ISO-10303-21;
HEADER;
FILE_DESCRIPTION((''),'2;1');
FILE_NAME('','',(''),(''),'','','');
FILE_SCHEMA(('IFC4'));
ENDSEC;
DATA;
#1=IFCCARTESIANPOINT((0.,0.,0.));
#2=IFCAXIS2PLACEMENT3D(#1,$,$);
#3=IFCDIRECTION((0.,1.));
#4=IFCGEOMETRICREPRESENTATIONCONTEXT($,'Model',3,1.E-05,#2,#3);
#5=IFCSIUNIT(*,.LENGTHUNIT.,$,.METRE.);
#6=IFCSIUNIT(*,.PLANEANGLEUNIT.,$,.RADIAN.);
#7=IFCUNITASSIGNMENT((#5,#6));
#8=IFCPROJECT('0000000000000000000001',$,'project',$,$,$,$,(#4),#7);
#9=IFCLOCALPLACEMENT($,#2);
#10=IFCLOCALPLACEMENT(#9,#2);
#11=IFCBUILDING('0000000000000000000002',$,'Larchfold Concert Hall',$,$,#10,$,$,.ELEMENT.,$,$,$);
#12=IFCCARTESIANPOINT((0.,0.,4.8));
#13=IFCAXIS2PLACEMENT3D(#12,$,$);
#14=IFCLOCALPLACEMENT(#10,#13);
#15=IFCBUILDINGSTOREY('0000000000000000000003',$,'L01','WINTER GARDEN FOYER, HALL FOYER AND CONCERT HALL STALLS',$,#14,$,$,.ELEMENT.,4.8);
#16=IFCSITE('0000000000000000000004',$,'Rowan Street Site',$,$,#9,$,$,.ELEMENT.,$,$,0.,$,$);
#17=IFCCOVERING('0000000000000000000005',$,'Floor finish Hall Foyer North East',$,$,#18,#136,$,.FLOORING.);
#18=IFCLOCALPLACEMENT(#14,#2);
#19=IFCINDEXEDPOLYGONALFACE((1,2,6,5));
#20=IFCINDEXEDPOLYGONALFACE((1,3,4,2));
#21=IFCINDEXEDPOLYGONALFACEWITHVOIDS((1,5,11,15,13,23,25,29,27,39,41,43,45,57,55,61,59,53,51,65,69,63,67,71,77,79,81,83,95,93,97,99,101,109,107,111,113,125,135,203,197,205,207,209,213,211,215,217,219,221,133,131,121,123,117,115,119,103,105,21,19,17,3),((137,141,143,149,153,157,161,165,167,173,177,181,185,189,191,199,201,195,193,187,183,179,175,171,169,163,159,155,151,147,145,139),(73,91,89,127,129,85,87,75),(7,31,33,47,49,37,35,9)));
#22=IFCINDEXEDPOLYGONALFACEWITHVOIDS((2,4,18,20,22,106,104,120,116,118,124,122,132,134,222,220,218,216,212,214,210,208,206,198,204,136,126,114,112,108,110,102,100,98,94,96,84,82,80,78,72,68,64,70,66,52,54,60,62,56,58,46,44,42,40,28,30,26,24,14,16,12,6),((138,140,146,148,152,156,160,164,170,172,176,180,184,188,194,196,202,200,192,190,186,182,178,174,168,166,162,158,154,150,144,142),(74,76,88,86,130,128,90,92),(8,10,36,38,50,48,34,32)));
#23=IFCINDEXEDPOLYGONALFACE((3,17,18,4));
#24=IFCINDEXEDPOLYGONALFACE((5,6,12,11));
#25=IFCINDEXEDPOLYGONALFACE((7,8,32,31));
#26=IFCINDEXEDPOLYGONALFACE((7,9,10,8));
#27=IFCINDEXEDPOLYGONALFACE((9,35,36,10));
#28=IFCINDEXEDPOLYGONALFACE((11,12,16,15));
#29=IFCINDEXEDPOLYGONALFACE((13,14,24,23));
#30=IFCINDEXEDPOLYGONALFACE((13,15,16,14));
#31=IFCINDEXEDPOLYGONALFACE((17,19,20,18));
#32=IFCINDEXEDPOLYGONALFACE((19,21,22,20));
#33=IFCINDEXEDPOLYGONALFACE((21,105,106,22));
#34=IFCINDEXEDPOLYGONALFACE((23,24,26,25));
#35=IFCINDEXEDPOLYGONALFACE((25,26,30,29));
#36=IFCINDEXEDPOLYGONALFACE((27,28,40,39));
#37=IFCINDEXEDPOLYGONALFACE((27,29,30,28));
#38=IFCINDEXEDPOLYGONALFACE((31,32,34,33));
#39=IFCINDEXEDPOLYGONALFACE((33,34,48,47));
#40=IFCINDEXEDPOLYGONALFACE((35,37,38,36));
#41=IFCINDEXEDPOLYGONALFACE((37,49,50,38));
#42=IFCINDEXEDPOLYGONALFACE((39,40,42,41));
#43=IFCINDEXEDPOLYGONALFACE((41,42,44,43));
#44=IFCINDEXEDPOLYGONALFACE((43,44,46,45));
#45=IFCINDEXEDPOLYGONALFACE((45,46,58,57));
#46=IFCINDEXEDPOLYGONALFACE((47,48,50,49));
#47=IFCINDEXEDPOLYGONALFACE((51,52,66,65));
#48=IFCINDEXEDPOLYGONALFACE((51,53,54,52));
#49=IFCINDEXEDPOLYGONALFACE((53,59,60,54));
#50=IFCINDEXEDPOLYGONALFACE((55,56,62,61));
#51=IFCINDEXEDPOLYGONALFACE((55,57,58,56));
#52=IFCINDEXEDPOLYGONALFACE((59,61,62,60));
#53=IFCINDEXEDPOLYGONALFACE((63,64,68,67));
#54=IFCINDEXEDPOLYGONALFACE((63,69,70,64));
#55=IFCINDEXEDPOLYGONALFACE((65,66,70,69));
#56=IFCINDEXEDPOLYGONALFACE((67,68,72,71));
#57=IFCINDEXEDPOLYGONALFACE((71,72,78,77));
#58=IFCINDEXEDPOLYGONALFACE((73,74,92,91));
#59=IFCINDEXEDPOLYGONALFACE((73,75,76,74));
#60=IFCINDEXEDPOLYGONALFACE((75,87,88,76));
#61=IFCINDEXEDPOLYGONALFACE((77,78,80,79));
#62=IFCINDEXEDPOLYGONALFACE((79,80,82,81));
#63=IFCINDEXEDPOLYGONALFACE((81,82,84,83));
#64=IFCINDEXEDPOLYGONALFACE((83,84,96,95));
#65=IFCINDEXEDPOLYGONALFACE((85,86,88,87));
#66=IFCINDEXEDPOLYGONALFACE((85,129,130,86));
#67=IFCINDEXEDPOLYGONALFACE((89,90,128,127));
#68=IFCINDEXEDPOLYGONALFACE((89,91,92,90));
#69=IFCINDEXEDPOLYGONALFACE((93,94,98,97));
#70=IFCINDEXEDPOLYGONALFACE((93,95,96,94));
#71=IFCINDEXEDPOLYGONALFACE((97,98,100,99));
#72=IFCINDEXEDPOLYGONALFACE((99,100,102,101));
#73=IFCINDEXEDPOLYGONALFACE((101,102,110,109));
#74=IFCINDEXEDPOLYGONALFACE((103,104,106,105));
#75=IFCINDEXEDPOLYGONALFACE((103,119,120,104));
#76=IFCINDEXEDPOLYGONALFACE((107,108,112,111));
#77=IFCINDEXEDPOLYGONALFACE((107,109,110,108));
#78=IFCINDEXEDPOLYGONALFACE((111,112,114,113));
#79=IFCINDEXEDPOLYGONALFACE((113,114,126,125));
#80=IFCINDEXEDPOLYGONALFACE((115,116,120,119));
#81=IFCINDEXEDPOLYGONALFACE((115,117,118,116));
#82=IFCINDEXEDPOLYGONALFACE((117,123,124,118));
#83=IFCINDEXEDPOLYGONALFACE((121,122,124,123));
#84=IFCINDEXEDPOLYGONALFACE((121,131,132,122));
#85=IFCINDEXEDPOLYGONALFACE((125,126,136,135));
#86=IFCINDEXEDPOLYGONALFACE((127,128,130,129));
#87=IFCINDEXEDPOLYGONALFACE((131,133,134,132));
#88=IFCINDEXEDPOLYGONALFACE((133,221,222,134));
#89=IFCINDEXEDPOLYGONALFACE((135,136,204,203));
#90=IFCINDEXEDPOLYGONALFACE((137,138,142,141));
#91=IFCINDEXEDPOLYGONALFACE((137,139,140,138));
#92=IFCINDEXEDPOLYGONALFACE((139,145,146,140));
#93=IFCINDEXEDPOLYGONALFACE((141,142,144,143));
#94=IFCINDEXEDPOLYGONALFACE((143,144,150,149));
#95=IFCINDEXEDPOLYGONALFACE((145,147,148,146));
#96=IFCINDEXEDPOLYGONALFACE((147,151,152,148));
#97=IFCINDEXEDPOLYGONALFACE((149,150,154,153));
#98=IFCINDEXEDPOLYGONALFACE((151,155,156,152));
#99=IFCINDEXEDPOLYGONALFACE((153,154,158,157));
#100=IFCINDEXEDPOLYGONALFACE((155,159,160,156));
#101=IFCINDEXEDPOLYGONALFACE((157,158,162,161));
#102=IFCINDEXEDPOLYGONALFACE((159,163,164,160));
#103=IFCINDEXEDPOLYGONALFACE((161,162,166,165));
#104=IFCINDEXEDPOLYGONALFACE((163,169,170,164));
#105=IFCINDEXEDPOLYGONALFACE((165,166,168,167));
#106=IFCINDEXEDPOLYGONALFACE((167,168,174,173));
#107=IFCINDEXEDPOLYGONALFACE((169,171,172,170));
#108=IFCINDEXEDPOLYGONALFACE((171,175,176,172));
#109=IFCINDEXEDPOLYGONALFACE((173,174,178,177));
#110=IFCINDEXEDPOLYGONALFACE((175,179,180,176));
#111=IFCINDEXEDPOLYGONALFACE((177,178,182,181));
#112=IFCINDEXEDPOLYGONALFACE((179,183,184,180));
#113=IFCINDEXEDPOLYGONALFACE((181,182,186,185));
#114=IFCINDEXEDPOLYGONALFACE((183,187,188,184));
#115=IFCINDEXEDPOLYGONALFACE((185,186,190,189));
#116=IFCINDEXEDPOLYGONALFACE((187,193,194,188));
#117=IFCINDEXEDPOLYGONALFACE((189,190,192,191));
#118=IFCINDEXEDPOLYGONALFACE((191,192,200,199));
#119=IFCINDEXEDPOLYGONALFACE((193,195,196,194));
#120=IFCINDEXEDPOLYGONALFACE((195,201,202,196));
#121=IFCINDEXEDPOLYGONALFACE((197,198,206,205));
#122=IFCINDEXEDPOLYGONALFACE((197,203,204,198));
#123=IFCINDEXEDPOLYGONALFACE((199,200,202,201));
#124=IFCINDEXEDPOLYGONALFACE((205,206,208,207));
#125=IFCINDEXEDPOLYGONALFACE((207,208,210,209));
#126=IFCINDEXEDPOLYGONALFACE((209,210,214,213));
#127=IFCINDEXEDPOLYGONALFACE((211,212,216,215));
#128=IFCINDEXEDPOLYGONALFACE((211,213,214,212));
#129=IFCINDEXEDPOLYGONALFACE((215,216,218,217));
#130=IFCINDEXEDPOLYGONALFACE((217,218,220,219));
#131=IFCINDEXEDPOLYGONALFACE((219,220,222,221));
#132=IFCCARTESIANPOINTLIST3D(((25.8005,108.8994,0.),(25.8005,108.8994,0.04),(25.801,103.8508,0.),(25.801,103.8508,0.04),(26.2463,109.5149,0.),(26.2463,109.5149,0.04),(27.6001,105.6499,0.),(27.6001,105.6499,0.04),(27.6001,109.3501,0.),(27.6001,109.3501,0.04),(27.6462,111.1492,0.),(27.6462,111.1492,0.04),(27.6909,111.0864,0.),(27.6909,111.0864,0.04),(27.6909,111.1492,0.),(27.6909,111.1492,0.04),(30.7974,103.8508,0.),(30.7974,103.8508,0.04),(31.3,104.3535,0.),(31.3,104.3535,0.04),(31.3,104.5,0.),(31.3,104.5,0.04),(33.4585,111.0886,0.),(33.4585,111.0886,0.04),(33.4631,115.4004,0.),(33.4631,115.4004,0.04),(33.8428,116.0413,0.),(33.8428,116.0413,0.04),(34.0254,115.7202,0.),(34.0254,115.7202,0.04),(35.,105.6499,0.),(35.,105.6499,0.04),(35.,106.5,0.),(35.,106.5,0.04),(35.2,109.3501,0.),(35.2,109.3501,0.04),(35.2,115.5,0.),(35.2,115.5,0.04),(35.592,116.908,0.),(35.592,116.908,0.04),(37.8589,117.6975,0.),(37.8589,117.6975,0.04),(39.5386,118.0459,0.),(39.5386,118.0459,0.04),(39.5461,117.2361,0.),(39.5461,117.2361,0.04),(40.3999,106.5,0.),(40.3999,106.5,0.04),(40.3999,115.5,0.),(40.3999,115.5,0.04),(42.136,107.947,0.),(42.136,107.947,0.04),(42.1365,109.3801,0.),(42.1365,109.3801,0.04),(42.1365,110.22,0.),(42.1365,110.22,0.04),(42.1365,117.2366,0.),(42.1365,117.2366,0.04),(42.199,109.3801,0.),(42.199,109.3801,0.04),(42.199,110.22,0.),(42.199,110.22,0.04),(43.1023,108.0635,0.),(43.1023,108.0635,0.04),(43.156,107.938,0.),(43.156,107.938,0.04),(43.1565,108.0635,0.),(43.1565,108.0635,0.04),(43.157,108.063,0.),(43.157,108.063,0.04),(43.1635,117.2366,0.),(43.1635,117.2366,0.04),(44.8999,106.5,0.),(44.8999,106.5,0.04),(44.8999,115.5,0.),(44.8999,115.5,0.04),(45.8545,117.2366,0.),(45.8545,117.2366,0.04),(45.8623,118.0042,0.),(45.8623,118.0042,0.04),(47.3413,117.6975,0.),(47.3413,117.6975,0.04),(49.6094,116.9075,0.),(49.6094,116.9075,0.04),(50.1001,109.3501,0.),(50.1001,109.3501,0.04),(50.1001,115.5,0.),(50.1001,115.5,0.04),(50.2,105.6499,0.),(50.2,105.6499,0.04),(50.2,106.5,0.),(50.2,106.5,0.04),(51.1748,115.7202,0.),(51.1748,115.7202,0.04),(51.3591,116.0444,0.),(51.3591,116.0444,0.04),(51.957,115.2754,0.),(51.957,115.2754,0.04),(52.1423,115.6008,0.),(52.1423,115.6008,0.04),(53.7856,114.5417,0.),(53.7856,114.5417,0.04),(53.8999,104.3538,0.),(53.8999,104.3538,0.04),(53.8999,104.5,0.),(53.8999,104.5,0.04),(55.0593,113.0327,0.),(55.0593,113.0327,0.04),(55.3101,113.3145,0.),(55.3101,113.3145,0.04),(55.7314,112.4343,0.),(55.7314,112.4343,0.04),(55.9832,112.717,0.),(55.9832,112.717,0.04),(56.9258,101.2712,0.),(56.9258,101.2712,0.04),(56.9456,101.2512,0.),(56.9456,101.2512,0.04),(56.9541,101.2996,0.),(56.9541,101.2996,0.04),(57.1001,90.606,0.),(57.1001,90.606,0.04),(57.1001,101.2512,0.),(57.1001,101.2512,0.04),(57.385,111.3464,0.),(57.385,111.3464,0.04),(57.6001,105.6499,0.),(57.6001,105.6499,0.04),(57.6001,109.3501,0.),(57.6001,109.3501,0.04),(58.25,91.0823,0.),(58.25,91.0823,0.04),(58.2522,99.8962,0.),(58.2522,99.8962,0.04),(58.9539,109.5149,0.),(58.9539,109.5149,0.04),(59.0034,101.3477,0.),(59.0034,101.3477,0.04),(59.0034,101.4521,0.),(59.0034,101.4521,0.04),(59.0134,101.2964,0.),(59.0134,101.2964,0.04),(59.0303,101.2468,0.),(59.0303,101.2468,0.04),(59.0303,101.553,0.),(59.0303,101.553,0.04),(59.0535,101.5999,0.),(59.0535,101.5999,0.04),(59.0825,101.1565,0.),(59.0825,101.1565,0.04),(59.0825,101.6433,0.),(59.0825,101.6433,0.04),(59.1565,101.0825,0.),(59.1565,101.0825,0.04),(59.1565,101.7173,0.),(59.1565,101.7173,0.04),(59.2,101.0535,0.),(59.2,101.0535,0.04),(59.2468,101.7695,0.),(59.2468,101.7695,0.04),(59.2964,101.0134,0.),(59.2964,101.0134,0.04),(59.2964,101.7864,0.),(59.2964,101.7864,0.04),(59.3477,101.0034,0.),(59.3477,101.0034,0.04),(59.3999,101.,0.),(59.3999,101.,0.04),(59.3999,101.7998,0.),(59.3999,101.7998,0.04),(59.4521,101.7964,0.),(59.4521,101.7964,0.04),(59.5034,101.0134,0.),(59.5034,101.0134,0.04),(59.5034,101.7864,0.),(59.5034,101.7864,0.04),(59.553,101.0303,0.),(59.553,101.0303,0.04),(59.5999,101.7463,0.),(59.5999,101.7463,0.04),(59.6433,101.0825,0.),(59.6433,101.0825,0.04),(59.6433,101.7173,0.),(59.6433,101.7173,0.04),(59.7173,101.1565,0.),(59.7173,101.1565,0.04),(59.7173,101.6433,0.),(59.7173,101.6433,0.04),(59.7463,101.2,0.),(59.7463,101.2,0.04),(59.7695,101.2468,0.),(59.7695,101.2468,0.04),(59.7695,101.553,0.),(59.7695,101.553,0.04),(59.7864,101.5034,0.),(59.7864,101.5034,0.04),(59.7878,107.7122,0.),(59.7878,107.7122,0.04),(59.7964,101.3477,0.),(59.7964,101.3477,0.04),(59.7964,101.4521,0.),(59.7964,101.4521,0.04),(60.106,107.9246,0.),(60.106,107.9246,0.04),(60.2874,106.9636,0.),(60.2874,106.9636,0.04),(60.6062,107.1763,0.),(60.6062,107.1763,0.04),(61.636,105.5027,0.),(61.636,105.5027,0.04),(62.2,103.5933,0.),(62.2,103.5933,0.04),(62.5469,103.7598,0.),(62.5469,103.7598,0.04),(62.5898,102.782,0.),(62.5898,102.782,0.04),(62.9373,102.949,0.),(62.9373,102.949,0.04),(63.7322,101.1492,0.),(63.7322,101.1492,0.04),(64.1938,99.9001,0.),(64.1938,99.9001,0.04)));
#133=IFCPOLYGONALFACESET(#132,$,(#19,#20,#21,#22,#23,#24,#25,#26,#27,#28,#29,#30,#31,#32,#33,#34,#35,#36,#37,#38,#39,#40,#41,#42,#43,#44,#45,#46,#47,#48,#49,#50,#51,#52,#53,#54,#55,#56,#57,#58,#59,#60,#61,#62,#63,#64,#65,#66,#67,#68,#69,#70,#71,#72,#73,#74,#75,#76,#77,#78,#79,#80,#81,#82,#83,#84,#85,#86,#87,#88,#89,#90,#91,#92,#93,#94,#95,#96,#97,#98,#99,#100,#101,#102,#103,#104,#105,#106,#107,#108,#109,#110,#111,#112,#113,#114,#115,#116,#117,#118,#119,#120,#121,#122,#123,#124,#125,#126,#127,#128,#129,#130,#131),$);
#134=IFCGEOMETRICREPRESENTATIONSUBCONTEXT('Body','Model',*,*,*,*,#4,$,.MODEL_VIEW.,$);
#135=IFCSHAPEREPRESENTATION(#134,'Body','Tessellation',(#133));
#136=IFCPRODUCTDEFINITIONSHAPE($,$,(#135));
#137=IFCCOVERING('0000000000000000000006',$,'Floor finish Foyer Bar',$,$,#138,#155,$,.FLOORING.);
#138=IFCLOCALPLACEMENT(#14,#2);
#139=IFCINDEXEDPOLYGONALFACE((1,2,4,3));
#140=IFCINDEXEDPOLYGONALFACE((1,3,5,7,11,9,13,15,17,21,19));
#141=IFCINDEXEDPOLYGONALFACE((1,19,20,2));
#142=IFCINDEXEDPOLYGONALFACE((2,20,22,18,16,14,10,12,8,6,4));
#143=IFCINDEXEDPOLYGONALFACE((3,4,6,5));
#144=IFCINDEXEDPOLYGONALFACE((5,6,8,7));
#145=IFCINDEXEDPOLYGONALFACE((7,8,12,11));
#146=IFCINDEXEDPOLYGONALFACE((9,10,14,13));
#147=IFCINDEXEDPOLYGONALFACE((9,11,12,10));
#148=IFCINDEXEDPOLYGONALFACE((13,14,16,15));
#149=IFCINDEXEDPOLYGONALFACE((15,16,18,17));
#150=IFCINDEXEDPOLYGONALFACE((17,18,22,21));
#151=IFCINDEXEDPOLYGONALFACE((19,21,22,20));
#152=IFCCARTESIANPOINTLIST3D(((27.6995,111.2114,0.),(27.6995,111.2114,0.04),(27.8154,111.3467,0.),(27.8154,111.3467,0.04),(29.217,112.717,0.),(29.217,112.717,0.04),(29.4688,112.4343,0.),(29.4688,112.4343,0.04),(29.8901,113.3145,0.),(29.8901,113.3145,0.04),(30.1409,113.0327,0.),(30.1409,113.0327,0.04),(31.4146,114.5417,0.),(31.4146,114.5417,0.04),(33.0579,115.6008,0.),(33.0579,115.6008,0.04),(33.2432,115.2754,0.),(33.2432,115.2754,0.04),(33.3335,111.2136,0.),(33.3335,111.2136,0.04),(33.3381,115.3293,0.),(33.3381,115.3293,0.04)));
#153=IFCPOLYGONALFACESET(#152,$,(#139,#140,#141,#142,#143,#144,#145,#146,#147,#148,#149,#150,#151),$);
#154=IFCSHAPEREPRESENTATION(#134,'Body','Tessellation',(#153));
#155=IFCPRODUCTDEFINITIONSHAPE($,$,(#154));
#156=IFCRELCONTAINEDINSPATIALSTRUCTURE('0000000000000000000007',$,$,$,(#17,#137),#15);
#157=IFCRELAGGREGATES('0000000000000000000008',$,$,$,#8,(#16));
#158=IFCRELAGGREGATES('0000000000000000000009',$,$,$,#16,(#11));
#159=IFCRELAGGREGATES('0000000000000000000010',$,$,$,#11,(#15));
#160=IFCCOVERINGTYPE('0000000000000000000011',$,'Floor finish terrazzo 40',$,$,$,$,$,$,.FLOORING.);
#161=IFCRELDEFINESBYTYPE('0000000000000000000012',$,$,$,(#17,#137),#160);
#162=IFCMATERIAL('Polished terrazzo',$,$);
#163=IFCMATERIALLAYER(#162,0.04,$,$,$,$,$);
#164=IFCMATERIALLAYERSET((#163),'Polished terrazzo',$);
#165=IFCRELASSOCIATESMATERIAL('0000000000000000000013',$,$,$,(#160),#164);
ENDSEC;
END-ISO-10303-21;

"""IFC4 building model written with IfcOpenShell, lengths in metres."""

from ifc_helpers import new_model, si_unit, direction, frame, origin, place, context, subcontext, project, spatial, polyline, outline, extrude, material, layer, layer_set, type_object, element, save


model = new_model("IFC4")

# Units and contexts
model_context = context("Model", 3, precision=1e-05, world=origin(), true_north=direction((0.0, 1.0)))
body_context = subcontext(model_context, "Body", "Model", "MODEL_VIEW")
ifc_project = project(units=[si_unit("LENGTHUNIT", "METRE"), si_unit("PLANEANGLEUNIT", "RADIAN")], contexts=[model_context])

# Site, building, storey
site_placement = place(None, origin())
site = spatial("IfcSite", under=ifc_project, at=site_placement, Name="Rowan Street Site", CompositionType="ELEMENT", RefElevation=0.0)
building_placement = place(site_placement, origin())
building = spatial("IfcBuilding", under=site, at=building_placement, Name="Larchfold Concert Hall", CompositionType="ELEMENT")
storey_placement = place(building_placement, frame((0.0, 0.0, 4.8)))
storey = spatial("IfcBuildingStorey", under=building, at=storey_placement, Name="L01", Description="WINTER GARDEN FOYER, HALL FOYER AND CONCERT HALL STALLS", CompositionType="ELEMENT", Elevation=4.8)

# Coverings
ifc_material_1 = material(Name="Polished terrazzo")
ifc_layer_1 = layer(ifc_material_1, 0.04)
ifc_layer_set_1 = layer_set([ifc_layer_1], Name="Polished terrazzo")
covering_type_1 = type_object("IfcCoveringType", Name="Floor finish terrazzo 40", PredefinedType="FLOORING", material=ifc_layer_set_1)
covering_1_placement = place(storey_placement, origin())
element("IfcCovering", 1, at=covering_1_placement, inside=storey, type_object=covering_type_1, Name="Floor finish Hall Foyer North East", PredefinedType="FLOORING", context=body_context, shape_type="SweptSolid", body=[
    extrude(outline(polyline([(27.6909, 111.1492), (27.6462, 111.1492), (26.2463, 109.5149), (25.8005, 108.8994), (25.801, 103.8508), (30.7974, 103.8508), (31.3, 104.3535), (31.3, 104.5), (53.8999, 104.5), (53.8999, 104.3538), (56.9541, 101.2996), (56.9258, 101.2712), (56.9456, 101.2512), (57.1001, 101.2512), (57.1001, 90.606), (58.25, 91.0823), (58.2522, 99.8962), (64.1938, 99.9001), (63.7322, 101.1492), (62.9373, 102.949), (62.5898, 102.782), (62.2, 103.5933), (62.5469, 103.7598), (61.636, 105.5027), (60.6062, 107.1763), (60.2874, 106.9636), (59.7878, 107.7122), (60.106, 107.9246), (58.9539, 109.5149), (57.385, 111.3464), (55.9832, 112.717), (55.7314, 112.4343), (55.0593, 113.0327), (55.3101, 113.3145), (53.7856, 114.5417), (52.1423, 115.6008), (51.957, 115.2754), (51.1748, 115.7202), (51.3591, 116.0444), (49.6094, 116.9075), (47.3413, 117.6975), (45.8623, 118.0042), (45.8545, 117.2366), (43.1636, 117.2366), (43.1636, 117.2991), (43.1565, 108.0635), (43.1023, 108.0635), (43.157, 108.063), (43.156, 107.938), (42.136, 107.947), (42.1365, 109.3801), (42.199, 109.3801), (42.199, 110.22), (42.1365, 110.22), (42.1365, 117.2366), (39.5461, 117.2361), (39.5386, 118.0459), (37.8589, 117.6975), (35.592, 116.908), (33.8428, 116.0413), (34.0254, 115.7202), (33.4631, 115.4004), (33.4585, 111.0886), (27.6909, 111.0864), (27.6909, 111.1492)]), holes=[polyline([(59.2964, 101.0134), (59.2, 101.0535), (59.1565, 101.0825), (59.0825, 101.1565), (59.0303, 101.2468), (59.0134, 101.2964), (59.0034, 101.3477), (59.0034, 101.4521), (59.0303, 101.553), (59.0535, 101.5999), (59.0825, 101.6433), (59.1565, 101.7173), (59.2468, 101.7695), (59.2964, 101.7864), (59.3999, 101.7998), (59.4521, 101.7964), (59.5034, 101.7864), (59.5999, 101.7463), (59.6433, 101.7173), (59.7173, 101.6433), (59.7695, 101.553), (59.7864, 101.5034), (59.7964, 101.4521), (59.7964, 101.3477), (59.7695, 101.2468), (59.7463, 101.2), (59.7173, 101.1565), (59.6433, 101.0825), (59.553, 101.0303), (59.5034, 101.0134), (59.3999, 101.0), (59.3477, 101.0034), (59.2964, 101.0134)]), polyline([(50.1001, 109.3501), (57.6001, 109.3501), (57.6001, 105.6499), (50.2, 105.6499), (50.2, 106.5), (44.8999, 106.5), (44.8999, 115.5), (50.1001, 115.5), (50.1001, 109.3501)]), polyline([(35.0, 105.6499), (27.6001, 105.6499), (27.6001, 109.3501), (35.2, 109.3501), (35.2, 115.5), (40.3999, 115.5), (40.3999, 106.5), (35.0, 106.5), (35.0, 105.6499)])]), origin(), (0.0, 0.0, 1.0), 0.04),
])
covering_2_placement = place(storey_placement, origin())
element("IfcCovering", 2, at=covering_2_placement, inside=storey, type_object=covering_type_1, Name="Floor finish Foyer Bar", PredefinedType="FLOORING", context=body_context, shape_type="SweptSolid", body=[
    extrude(outline(polyline([(29.8901, 113.3145), (30.1409, 113.0327), (29.4688, 112.4343), (29.217, 112.717), (27.8154, 111.3467), (27.6995, 111.2114), (33.3335, 111.2136), (33.3381, 115.3293), (33.2432, 115.2754), (33.0579, 115.6008), (31.4146, 114.5417), (29.8901, 113.3145)])), origin(), (0.0, 0.0, 1.0), 0.04),
])

save(model, "model.ifc")
